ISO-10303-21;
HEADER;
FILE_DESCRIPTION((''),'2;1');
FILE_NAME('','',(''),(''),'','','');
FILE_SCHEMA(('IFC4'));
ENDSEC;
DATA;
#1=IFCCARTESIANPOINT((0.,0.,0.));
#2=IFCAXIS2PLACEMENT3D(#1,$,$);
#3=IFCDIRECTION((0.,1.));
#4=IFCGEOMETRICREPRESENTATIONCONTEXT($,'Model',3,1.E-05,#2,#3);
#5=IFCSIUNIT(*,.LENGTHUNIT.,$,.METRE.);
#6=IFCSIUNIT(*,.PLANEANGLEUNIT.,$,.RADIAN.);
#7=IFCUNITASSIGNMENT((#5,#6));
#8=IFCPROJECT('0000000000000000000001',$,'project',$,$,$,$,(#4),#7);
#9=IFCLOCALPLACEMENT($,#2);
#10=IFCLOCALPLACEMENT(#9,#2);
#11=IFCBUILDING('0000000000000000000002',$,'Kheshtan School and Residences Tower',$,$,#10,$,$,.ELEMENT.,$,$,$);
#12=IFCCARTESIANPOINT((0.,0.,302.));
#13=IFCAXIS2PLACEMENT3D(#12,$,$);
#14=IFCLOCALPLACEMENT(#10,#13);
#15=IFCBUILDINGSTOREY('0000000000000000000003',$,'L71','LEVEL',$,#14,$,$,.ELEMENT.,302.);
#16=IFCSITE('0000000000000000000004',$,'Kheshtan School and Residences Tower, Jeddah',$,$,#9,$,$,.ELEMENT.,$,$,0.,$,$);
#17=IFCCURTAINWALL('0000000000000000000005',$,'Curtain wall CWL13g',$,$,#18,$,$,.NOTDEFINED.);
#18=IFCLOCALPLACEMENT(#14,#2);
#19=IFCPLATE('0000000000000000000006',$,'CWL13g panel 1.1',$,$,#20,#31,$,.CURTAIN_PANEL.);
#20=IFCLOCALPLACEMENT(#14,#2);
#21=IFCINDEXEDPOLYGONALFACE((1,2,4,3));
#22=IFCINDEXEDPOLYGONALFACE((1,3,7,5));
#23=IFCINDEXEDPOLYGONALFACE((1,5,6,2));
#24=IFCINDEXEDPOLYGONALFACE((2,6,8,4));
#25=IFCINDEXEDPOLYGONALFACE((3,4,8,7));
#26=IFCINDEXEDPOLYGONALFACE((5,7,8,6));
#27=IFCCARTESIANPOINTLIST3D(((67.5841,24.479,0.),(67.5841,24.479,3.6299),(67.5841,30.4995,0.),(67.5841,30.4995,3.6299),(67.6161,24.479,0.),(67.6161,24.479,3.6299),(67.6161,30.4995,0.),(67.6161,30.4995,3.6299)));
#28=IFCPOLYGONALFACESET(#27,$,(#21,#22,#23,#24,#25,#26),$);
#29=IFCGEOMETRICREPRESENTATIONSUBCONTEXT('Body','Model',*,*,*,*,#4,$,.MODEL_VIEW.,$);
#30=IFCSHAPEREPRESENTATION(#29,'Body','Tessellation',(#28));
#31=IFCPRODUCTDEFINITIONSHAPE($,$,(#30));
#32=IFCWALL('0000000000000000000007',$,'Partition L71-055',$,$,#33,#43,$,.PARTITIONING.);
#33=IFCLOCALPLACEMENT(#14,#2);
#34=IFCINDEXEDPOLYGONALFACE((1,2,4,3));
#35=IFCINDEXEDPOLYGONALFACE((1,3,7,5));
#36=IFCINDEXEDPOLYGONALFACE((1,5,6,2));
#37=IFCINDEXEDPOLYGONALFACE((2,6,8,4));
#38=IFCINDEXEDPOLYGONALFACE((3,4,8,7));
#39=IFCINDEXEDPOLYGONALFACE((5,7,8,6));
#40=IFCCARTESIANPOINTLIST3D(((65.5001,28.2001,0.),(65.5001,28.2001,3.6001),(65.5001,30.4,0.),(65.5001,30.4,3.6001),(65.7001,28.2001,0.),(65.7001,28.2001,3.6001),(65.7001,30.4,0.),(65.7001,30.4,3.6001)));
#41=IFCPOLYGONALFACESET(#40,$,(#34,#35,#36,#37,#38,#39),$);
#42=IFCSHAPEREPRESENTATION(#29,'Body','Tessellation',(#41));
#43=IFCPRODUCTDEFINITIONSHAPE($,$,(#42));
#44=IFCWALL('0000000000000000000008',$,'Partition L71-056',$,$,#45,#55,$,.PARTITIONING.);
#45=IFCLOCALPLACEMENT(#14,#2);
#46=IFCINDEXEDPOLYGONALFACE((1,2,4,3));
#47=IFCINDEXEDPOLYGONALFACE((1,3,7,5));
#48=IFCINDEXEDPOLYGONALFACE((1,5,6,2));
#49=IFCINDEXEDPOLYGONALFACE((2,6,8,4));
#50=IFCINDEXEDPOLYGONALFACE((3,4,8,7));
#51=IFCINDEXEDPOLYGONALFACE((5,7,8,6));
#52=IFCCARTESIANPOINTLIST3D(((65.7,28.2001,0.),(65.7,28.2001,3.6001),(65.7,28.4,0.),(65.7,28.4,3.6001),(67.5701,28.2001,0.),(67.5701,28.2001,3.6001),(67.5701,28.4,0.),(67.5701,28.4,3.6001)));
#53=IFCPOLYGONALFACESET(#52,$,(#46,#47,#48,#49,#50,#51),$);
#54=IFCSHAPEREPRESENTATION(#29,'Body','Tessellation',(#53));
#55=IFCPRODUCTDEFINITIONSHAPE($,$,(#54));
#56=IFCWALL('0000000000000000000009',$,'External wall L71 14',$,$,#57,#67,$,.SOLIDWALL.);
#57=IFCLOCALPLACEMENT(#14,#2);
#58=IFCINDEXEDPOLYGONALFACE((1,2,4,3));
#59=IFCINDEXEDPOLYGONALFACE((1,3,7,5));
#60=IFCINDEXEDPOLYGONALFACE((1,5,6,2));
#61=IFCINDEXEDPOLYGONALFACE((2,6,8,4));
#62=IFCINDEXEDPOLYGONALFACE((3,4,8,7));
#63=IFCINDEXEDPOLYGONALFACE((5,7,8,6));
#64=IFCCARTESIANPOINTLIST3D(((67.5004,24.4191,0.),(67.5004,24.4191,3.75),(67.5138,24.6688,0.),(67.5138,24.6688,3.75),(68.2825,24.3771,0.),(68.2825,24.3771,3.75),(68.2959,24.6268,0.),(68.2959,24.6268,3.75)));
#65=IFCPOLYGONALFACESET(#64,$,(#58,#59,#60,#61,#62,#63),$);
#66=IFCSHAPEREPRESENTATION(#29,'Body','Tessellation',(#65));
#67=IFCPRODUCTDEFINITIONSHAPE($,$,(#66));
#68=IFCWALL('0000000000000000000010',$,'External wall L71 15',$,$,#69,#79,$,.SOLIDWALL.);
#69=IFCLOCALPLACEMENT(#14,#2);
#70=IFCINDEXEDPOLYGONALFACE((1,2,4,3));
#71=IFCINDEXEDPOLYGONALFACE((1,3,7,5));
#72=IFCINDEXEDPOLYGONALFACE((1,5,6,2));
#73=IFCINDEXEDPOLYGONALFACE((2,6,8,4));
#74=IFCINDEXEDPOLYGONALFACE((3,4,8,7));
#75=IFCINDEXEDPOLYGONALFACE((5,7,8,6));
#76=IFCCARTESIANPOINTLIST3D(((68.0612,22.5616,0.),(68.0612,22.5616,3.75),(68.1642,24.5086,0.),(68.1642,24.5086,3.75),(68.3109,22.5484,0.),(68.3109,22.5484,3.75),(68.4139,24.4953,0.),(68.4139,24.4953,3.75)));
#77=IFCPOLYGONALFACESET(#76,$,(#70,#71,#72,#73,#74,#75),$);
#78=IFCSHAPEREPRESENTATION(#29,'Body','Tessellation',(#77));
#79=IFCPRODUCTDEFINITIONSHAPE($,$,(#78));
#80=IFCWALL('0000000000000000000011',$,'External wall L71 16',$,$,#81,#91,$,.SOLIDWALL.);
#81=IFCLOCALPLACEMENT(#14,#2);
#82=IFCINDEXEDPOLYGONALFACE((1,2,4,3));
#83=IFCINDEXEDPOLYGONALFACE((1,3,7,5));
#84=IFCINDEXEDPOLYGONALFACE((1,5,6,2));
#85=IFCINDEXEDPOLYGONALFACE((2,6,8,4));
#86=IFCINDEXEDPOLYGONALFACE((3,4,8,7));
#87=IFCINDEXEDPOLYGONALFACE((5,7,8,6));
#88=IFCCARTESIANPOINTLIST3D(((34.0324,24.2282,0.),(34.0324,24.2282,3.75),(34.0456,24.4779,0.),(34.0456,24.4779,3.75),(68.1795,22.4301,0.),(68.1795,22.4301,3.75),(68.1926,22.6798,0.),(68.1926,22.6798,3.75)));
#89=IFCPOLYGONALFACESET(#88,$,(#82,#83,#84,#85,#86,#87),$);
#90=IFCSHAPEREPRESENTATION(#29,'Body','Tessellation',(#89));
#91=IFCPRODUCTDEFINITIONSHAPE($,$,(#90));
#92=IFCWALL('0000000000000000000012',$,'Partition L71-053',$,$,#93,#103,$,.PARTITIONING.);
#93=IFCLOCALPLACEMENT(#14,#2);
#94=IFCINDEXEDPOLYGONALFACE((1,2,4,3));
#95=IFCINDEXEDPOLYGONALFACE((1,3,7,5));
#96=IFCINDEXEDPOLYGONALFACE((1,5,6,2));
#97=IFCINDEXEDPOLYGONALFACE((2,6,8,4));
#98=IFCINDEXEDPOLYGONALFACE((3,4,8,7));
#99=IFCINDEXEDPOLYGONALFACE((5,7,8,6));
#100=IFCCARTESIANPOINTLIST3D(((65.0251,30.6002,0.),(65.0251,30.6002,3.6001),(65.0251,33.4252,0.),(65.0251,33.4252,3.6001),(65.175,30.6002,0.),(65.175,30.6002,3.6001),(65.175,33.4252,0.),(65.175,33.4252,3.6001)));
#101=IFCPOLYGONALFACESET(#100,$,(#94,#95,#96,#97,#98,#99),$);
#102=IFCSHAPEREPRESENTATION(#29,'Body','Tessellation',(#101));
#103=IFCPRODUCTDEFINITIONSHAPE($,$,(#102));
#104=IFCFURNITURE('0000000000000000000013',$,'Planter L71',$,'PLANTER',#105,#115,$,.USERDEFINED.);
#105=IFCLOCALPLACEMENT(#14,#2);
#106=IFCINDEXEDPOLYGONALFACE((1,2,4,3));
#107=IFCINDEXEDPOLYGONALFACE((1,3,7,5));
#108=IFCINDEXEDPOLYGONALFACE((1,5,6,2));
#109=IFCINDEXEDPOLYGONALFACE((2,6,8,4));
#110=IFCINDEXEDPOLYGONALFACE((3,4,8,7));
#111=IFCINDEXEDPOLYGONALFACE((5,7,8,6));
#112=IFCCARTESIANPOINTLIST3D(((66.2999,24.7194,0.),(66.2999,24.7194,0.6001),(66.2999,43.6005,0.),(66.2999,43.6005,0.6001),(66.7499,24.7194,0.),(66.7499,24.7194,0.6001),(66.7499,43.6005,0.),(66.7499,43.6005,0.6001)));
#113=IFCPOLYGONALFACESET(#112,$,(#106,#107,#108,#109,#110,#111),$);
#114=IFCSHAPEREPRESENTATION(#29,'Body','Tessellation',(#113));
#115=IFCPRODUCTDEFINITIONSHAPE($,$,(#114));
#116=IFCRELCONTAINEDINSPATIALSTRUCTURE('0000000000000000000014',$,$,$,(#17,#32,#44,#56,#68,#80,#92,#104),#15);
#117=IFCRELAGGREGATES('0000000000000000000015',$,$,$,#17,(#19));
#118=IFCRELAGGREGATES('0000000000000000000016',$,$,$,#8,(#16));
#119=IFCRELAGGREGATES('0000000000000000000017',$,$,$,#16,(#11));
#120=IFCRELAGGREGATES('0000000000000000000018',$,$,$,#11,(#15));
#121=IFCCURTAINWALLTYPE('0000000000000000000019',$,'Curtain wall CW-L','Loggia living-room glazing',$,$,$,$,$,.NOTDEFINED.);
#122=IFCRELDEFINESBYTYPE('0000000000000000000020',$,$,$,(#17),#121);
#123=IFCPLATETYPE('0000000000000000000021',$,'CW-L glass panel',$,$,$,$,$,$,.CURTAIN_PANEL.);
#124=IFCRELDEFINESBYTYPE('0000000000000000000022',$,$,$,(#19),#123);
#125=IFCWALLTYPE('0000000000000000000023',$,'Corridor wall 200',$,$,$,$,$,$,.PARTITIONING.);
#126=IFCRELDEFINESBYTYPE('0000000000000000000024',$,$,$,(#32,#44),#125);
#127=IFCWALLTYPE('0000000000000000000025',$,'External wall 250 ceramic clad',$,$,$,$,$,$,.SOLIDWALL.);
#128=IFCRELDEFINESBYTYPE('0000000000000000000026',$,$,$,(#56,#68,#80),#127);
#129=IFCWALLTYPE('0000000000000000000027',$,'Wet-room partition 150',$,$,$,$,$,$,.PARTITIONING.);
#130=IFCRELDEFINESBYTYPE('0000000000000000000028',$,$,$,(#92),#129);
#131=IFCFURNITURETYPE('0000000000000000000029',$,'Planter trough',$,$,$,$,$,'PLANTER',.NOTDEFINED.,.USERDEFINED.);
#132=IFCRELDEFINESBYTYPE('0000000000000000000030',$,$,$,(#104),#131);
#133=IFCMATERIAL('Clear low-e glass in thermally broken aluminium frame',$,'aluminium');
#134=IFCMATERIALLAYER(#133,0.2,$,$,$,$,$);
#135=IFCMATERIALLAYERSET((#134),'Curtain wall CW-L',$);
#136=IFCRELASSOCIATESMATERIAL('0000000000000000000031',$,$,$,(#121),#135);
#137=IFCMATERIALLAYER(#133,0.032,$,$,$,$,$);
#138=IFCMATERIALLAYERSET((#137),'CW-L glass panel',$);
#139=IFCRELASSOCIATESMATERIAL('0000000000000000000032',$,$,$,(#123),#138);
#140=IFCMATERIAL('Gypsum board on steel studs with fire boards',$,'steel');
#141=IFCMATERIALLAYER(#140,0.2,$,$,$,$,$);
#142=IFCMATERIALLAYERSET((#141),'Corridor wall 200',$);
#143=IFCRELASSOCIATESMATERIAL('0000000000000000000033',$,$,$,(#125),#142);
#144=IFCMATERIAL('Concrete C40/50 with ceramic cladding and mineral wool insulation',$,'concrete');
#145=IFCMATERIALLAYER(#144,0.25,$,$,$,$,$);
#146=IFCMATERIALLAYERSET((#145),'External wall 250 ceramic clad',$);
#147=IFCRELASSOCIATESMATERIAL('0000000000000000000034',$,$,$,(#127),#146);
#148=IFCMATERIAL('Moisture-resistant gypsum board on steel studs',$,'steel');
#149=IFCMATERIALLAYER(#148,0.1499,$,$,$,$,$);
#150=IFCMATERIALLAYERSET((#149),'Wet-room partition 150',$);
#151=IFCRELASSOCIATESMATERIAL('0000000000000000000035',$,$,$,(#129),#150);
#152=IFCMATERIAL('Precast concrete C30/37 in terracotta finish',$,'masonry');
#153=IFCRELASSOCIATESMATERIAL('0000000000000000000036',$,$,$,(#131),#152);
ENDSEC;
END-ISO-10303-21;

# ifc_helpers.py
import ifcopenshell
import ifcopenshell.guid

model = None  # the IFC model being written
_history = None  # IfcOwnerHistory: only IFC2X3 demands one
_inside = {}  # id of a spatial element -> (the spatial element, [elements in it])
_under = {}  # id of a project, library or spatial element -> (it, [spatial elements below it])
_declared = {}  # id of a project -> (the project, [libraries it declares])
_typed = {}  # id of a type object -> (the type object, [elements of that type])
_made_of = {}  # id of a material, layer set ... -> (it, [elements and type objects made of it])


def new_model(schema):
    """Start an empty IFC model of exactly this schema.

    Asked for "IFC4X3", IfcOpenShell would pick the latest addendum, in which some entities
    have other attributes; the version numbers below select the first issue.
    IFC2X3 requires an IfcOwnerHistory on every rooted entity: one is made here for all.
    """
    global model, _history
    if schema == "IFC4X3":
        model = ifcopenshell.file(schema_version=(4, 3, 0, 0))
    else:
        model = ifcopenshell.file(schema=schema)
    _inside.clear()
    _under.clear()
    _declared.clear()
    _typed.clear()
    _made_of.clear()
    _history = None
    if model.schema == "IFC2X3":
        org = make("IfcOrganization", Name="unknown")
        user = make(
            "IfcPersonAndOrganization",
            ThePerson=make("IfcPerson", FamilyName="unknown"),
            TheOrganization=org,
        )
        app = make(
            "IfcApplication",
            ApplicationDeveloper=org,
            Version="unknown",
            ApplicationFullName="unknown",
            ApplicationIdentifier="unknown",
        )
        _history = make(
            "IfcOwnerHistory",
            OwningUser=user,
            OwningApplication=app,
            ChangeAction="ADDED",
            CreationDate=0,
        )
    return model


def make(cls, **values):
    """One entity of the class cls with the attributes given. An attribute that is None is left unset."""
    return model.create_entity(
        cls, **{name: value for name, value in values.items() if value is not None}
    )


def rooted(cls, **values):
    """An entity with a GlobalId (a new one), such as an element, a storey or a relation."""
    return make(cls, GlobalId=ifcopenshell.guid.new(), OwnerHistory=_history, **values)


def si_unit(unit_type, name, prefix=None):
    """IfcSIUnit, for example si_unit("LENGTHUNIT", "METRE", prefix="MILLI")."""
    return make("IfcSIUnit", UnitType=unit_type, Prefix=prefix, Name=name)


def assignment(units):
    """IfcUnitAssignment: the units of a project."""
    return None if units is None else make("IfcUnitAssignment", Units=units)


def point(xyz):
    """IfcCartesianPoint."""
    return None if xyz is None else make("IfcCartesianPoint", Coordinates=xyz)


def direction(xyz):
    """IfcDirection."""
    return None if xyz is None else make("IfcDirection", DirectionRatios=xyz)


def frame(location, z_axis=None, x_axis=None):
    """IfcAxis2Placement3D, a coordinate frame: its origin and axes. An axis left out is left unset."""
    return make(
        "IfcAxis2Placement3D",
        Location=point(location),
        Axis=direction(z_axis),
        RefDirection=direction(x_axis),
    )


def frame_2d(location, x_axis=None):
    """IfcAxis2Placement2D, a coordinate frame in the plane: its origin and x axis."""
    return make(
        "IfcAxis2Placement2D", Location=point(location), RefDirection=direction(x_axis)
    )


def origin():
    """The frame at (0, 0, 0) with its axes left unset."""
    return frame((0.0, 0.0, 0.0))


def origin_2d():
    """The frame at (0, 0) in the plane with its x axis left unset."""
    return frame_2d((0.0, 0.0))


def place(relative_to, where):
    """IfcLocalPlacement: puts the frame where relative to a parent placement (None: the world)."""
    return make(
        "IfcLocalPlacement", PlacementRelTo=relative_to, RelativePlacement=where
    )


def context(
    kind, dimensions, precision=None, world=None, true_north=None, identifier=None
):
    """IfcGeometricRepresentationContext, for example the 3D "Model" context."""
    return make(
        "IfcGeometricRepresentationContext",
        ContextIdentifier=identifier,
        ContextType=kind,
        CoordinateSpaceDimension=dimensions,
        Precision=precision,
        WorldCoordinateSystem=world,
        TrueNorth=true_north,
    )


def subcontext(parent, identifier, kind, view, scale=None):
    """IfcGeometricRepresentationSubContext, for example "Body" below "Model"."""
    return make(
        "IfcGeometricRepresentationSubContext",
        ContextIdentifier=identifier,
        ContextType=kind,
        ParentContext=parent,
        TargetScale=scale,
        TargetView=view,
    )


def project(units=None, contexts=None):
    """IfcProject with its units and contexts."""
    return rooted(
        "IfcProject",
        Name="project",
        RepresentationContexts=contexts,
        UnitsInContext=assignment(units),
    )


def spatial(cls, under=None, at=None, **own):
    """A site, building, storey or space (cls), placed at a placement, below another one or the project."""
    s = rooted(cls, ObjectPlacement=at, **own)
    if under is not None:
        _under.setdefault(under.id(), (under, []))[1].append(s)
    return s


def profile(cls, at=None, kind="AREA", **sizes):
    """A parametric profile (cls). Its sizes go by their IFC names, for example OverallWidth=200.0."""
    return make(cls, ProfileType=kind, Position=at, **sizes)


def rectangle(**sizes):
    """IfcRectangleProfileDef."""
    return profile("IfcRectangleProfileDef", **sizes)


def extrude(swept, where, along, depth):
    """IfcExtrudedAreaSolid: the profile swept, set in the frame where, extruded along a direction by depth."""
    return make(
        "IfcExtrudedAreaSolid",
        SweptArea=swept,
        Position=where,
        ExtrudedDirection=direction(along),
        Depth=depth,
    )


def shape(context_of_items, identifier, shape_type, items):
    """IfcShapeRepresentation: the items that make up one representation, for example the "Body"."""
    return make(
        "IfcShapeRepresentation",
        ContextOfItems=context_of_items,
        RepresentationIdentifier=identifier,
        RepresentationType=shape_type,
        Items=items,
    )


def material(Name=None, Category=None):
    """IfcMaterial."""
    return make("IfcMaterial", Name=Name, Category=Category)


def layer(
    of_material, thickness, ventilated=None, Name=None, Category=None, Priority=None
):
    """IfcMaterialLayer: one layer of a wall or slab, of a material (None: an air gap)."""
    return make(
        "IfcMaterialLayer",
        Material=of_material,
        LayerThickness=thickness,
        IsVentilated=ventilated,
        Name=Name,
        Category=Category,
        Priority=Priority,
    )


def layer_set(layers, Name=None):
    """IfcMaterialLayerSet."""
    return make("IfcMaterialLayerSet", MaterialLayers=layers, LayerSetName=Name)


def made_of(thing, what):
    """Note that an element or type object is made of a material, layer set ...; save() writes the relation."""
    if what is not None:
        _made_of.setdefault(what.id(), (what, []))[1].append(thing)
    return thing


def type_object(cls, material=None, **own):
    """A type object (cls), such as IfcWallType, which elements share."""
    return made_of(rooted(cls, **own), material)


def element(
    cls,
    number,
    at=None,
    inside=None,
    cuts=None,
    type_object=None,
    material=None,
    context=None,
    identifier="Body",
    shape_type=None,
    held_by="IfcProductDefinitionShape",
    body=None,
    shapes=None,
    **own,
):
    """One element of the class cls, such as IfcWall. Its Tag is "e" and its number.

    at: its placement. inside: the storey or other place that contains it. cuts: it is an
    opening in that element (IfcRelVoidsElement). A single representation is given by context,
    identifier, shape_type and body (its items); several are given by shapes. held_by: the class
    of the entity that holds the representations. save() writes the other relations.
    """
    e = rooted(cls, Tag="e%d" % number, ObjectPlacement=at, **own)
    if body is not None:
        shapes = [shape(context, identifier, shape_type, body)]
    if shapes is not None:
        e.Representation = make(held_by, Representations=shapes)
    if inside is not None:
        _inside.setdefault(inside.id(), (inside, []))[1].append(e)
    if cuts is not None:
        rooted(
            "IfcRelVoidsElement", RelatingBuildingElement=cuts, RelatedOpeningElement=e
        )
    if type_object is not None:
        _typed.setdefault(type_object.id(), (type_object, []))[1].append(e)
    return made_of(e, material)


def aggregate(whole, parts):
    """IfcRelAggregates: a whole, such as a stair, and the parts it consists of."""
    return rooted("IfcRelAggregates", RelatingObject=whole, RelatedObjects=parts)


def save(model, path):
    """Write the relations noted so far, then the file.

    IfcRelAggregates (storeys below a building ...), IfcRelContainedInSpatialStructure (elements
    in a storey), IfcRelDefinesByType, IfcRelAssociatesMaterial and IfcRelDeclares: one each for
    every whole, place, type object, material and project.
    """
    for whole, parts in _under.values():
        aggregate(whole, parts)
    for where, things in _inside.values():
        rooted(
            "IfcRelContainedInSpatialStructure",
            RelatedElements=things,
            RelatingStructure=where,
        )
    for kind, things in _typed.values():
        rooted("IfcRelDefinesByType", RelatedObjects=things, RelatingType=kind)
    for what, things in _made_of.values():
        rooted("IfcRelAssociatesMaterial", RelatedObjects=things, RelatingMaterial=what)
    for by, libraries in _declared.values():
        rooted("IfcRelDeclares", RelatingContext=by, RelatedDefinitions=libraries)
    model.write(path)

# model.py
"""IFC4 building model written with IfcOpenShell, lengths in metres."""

from ifc_helpers import new_model, si_unit, direction, frame, frame_2d, origin, origin_2d, place, context, subcontext, project, spatial, rectangle, extrude, material, layer, layer_set, type_object, element, aggregate, save


model = new_model("IFC4")

# Units and contexts
model_context = context("Model", 3, precision=1e-05, world=origin(), true_north=direction((0.0, 1.0)))
body_context = subcontext(model_context, "Body", "Model", "MODEL_VIEW")
ifc_project = project(units=[si_unit("LENGTHUNIT", "METRE"), si_unit("PLANEANGLEUNIT", "RADIAN")], contexts=[model_context])

# Site, building, storey
site_placement = place(None, origin())
site = spatial("IfcSite", under=ifc_project, at=site_placement, Name="Kheshtan School and Residences Tower, Jeddah", CompositionType="ELEMENT", RefElevation=0.0)
building_placement = place(site_placement, origin())
building = spatial("IfcBuilding", under=site, at=building_placement, Name="Kheshtan School and Residences Tower", CompositionType="ELEMENT")
storey_placement = place(building_placement, frame((0.0, 0.0, 302.0)))
storey = spatial("IfcBuildingStorey", under=building, at=storey_placement, Name="L71", Description="LEVEL", CompositionType="ELEMENT", Elevation=302.0)

# Shared definitions
ifc_material_1 = material(Name="Clear low-e glass in thermally broken aluminium frame", Category="aluminium")
ifc_layer_1 = layer(ifc_material_1, 0.2)
ifc_layer_set_1 = layer_set([ifc_layer_1], Name="Curtain wall CW-L")
curtain_wall_type = type_object("IfcCurtainWallType", Name="Curtain wall CW-L", Description="Loggia living-room glazing", PredefinedType="NOTDEFINED", material=ifc_layer_set_1)

# Curtain wall
curtain_wall_1_placement = place(storey_placement, origin())
curtain_wall_1 = element("IfcCurtainWall", 1, at=curtain_wall_1_placement, inside=storey, type_object=curtain_wall_type, Name="Curtain wall CWL13g", PredefinedType="NOTDEFINED")

# Plate
ifc_layer_2 = layer(ifc_material_1, 0.032)
ifc_layer_set_2 = layer_set([ifc_layer_2], Name="CW-L glass panel")
plate_type = type_object("IfcPlateType", Name="CW-L glass panel", PredefinedType="CURTAIN_PANEL", material=ifc_layer_set_2)
plate_1_placement = place(storey_placement, frame((67.6001, 27.4893, 0.0), z_axis=(0.0, 0.0, 1.0), x_axis=(0.0, -1.0, 0.0)))
plate_1 = element("IfcPlate", 2, at=plate_1_placement, type_object=plate_type, Name="CWL13g panel 1.1", PredefinedType="CURTAIN_PANEL", context=body_context, shape_type="SweptSolid", body=[
    extrude(rectangle(XDim=6.0205, YDim=0.032, at=origin_2d()), origin(), (0.0, 0.0, 1.0), 3.6299),
])
aggregate(curtain_wall_1, [plate_1])

# Walls
ifc_material_2 = material(Name="Gypsum board on steel studs with fire boards", Category="steel")
ifc_layer_3 = layer(ifc_material_2, 0.2)
ifc_layer_set_3 = layer_set([ifc_layer_3], Name="Corridor wall 200")
wall_type_1 = type_object("IfcWallType", Name="Corridor wall 200", PredefinedType="PARTITIONING", material=ifc_layer_set_3)
wall_1_placement = place(storey_placement, frame((65.6001, 28.2, 0.0), z_axis=(0.0, 0.0, 1.0), x_axis=(0.0, 1.0, 0.0)))
element("IfcWall", 3, at=wall_1_placement, inside=storey, type_object=wall_type_1, Name="Partition L71-055", PredefinedType="PARTITIONING", context=body_context, shape_type="SweptSolid", body=[
    extrude(rectangle(XDim=2.2, YDim=0.2, at=frame_2d((1.1001, 0.0))), origin(), (0.0, 0.0, 1.0), 3.6001),
])
wall_2_placement = place(storey_placement, frame((65.7, 28.3, 0.0), z_axis=(0.0, 0.0, 1.0), x_axis=(1.0, 0.0, 0.0)))
element("IfcWall", 4, at=wall_2_placement, inside=storey, type_object=wall_type_1, Name="Partition L71-056", PredefinedType="PARTITIONING", context=body_context, shape_type="SweptSolid", body=[
    extrude(rectangle(XDim=1.8701, YDim=0.2, at=frame_2d((0.9351, 0.0))), origin(), (0.0, 0.0, 1.0), 3.6001),
])
ifc_material_3 = material(Name="Concrete C40/50 with ceramic cladding and mineral wool insulation", Category="concrete")
ifc_layer_4 = layer(ifc_material_3, 0.25)
ifc_layer_set_4 = layer_set([ifc_layer_4], Name="External wall 250 ceramic clad")
wall_type_2 = type_object("IfcWallType", Name="External wall 250 ceramic clad", PredefinedType="SOLIDWALL", material=ifc_layer_set_4)
wall_3_placement = place(storey_placement, frame((67.5071, 24.5439, 0.0), z_axis=(0.0, 0.0, 1.0), x_axis=(0.998561, -0.053622, 0.0)))
element("IfcWall", 5, at=wall_3_placement, inside=storey, type_object=wall_type_2, Name="External wall L71 14", PredefinedType="SOLIDWALL", context=body_context, shape_type="SweptSolid", body=[
    extrude(rectangle(XDim=0.7832, YDim=0.25, at=frame_2d((0.3916, 0.0))), origin(), (0.0, 0.0, 1.0), 3.75),
])
wall_4_placement = place(storey_placement, frame((68.2891, 24.502, 0.0), z_axis=(0.0, 0.0, 1.0), x_axis=(-0.052841, -0.998603, 0.0)))
element("IfcWall", 6, at=wall_4_placement, inside=storey, type_object=wall_type_2, Name="External wall L71 15", PredefinedType="SOLIDWALL", context=body_context, shape_type="SweptSolid", body=[
    extrude(rectangle(XDim=1.9497, YDim=0.25, at=frame_2d((0.9749, 0.0))), origin(), (0.0, 0.0, 1.0), 3.75),
])
wall_5_placement = place(storey_placement, frame((68.186, 22.5549, 0.0), z_axis=(0.0, 0.0, 1.0), x_axis=(-0.998616, 0.052585, 0.0)))
element("IfcWall", 7, at=wall_5_placement, inside=storey, type_object=wall_type_2, Name="External wall L71 16", PredefinedType="SOLIDWALL", context=body_context, shape_type="SweptSolid", body=[
    extrude(rectangle(XDim=34.1943, YDim=0.25, at=frame_2d((17.0972, 0.0))), origin(), (0.0, 0.0, 1.0), 3.75),
])

# Wall
ifc_material_4 = material(Name="Moisture-resistant gypsum board on steel studs", Category="steel")
ifc_layer_5 = layer(ifc_material_4, 0.1499)
ifc_layer_set_5 = layer_set([ifc_layer_5], Name="Wet-room partition 150")
wall_type_3 = type_object("IfcWallType", Name="Wet-room partition 150", PredefinedType="PARTITIONING", material=ifc_layer_set_5)
wall_6_placement = place(storey_placement, frame((65.1001, 30.6001, 0.0), z_axis=(0.0, 0.0, 1.0), x_axis=(0.0, 1.0, 0.0)))
element("IfcWall", 8, at=wall_6_placement, inside=storey, type_object=wall_type_3, Name="Partition L71-053", PredefinedType="PARTITIONING", context=body_context, shape_type="SweptSolid", body=[
    extrude(rectangle(XDim=2.825, YDim=0.1499, at=frame_2d((1.4126, 0.0))), origin(), (0.0, 0.0, 1.0), 3.6001),
])

# Furniture
ifc_material_5 = material(Name="Precast concrete C30/37 in terracotta finish", Category="masonry")
furniture_type = type_object("IfcFurnitureType", Name="Planter trough", ElementType="PLANTER", AssemblyPlace="NOTDEFINED", PredefinedType="USERDEFINED", material=ifc_material_5)
furniture_placement = place(storey_placement, frame((66.5249, 34.1599, 0.0), z_axis=(0.0, 0.0, 1.0), x_axis=(0.0, -1.0, 0.0)))
element("IfcFurniture", 9, at=furniture_placement, inside=storey, type_object=furniture_type, Name="Planter L71", ObjectType="PLANTER", PredefinedType="USERDEFINED", context=body_context, shape_type="SweptSolid", body=[
    extrude(rectangle(XDim=18.8811, YDim=0.45, at=origin_2d()), origin(), (0.0, 0.0, 1.0), 0.6001),
])

save(model, "model.ifc")
